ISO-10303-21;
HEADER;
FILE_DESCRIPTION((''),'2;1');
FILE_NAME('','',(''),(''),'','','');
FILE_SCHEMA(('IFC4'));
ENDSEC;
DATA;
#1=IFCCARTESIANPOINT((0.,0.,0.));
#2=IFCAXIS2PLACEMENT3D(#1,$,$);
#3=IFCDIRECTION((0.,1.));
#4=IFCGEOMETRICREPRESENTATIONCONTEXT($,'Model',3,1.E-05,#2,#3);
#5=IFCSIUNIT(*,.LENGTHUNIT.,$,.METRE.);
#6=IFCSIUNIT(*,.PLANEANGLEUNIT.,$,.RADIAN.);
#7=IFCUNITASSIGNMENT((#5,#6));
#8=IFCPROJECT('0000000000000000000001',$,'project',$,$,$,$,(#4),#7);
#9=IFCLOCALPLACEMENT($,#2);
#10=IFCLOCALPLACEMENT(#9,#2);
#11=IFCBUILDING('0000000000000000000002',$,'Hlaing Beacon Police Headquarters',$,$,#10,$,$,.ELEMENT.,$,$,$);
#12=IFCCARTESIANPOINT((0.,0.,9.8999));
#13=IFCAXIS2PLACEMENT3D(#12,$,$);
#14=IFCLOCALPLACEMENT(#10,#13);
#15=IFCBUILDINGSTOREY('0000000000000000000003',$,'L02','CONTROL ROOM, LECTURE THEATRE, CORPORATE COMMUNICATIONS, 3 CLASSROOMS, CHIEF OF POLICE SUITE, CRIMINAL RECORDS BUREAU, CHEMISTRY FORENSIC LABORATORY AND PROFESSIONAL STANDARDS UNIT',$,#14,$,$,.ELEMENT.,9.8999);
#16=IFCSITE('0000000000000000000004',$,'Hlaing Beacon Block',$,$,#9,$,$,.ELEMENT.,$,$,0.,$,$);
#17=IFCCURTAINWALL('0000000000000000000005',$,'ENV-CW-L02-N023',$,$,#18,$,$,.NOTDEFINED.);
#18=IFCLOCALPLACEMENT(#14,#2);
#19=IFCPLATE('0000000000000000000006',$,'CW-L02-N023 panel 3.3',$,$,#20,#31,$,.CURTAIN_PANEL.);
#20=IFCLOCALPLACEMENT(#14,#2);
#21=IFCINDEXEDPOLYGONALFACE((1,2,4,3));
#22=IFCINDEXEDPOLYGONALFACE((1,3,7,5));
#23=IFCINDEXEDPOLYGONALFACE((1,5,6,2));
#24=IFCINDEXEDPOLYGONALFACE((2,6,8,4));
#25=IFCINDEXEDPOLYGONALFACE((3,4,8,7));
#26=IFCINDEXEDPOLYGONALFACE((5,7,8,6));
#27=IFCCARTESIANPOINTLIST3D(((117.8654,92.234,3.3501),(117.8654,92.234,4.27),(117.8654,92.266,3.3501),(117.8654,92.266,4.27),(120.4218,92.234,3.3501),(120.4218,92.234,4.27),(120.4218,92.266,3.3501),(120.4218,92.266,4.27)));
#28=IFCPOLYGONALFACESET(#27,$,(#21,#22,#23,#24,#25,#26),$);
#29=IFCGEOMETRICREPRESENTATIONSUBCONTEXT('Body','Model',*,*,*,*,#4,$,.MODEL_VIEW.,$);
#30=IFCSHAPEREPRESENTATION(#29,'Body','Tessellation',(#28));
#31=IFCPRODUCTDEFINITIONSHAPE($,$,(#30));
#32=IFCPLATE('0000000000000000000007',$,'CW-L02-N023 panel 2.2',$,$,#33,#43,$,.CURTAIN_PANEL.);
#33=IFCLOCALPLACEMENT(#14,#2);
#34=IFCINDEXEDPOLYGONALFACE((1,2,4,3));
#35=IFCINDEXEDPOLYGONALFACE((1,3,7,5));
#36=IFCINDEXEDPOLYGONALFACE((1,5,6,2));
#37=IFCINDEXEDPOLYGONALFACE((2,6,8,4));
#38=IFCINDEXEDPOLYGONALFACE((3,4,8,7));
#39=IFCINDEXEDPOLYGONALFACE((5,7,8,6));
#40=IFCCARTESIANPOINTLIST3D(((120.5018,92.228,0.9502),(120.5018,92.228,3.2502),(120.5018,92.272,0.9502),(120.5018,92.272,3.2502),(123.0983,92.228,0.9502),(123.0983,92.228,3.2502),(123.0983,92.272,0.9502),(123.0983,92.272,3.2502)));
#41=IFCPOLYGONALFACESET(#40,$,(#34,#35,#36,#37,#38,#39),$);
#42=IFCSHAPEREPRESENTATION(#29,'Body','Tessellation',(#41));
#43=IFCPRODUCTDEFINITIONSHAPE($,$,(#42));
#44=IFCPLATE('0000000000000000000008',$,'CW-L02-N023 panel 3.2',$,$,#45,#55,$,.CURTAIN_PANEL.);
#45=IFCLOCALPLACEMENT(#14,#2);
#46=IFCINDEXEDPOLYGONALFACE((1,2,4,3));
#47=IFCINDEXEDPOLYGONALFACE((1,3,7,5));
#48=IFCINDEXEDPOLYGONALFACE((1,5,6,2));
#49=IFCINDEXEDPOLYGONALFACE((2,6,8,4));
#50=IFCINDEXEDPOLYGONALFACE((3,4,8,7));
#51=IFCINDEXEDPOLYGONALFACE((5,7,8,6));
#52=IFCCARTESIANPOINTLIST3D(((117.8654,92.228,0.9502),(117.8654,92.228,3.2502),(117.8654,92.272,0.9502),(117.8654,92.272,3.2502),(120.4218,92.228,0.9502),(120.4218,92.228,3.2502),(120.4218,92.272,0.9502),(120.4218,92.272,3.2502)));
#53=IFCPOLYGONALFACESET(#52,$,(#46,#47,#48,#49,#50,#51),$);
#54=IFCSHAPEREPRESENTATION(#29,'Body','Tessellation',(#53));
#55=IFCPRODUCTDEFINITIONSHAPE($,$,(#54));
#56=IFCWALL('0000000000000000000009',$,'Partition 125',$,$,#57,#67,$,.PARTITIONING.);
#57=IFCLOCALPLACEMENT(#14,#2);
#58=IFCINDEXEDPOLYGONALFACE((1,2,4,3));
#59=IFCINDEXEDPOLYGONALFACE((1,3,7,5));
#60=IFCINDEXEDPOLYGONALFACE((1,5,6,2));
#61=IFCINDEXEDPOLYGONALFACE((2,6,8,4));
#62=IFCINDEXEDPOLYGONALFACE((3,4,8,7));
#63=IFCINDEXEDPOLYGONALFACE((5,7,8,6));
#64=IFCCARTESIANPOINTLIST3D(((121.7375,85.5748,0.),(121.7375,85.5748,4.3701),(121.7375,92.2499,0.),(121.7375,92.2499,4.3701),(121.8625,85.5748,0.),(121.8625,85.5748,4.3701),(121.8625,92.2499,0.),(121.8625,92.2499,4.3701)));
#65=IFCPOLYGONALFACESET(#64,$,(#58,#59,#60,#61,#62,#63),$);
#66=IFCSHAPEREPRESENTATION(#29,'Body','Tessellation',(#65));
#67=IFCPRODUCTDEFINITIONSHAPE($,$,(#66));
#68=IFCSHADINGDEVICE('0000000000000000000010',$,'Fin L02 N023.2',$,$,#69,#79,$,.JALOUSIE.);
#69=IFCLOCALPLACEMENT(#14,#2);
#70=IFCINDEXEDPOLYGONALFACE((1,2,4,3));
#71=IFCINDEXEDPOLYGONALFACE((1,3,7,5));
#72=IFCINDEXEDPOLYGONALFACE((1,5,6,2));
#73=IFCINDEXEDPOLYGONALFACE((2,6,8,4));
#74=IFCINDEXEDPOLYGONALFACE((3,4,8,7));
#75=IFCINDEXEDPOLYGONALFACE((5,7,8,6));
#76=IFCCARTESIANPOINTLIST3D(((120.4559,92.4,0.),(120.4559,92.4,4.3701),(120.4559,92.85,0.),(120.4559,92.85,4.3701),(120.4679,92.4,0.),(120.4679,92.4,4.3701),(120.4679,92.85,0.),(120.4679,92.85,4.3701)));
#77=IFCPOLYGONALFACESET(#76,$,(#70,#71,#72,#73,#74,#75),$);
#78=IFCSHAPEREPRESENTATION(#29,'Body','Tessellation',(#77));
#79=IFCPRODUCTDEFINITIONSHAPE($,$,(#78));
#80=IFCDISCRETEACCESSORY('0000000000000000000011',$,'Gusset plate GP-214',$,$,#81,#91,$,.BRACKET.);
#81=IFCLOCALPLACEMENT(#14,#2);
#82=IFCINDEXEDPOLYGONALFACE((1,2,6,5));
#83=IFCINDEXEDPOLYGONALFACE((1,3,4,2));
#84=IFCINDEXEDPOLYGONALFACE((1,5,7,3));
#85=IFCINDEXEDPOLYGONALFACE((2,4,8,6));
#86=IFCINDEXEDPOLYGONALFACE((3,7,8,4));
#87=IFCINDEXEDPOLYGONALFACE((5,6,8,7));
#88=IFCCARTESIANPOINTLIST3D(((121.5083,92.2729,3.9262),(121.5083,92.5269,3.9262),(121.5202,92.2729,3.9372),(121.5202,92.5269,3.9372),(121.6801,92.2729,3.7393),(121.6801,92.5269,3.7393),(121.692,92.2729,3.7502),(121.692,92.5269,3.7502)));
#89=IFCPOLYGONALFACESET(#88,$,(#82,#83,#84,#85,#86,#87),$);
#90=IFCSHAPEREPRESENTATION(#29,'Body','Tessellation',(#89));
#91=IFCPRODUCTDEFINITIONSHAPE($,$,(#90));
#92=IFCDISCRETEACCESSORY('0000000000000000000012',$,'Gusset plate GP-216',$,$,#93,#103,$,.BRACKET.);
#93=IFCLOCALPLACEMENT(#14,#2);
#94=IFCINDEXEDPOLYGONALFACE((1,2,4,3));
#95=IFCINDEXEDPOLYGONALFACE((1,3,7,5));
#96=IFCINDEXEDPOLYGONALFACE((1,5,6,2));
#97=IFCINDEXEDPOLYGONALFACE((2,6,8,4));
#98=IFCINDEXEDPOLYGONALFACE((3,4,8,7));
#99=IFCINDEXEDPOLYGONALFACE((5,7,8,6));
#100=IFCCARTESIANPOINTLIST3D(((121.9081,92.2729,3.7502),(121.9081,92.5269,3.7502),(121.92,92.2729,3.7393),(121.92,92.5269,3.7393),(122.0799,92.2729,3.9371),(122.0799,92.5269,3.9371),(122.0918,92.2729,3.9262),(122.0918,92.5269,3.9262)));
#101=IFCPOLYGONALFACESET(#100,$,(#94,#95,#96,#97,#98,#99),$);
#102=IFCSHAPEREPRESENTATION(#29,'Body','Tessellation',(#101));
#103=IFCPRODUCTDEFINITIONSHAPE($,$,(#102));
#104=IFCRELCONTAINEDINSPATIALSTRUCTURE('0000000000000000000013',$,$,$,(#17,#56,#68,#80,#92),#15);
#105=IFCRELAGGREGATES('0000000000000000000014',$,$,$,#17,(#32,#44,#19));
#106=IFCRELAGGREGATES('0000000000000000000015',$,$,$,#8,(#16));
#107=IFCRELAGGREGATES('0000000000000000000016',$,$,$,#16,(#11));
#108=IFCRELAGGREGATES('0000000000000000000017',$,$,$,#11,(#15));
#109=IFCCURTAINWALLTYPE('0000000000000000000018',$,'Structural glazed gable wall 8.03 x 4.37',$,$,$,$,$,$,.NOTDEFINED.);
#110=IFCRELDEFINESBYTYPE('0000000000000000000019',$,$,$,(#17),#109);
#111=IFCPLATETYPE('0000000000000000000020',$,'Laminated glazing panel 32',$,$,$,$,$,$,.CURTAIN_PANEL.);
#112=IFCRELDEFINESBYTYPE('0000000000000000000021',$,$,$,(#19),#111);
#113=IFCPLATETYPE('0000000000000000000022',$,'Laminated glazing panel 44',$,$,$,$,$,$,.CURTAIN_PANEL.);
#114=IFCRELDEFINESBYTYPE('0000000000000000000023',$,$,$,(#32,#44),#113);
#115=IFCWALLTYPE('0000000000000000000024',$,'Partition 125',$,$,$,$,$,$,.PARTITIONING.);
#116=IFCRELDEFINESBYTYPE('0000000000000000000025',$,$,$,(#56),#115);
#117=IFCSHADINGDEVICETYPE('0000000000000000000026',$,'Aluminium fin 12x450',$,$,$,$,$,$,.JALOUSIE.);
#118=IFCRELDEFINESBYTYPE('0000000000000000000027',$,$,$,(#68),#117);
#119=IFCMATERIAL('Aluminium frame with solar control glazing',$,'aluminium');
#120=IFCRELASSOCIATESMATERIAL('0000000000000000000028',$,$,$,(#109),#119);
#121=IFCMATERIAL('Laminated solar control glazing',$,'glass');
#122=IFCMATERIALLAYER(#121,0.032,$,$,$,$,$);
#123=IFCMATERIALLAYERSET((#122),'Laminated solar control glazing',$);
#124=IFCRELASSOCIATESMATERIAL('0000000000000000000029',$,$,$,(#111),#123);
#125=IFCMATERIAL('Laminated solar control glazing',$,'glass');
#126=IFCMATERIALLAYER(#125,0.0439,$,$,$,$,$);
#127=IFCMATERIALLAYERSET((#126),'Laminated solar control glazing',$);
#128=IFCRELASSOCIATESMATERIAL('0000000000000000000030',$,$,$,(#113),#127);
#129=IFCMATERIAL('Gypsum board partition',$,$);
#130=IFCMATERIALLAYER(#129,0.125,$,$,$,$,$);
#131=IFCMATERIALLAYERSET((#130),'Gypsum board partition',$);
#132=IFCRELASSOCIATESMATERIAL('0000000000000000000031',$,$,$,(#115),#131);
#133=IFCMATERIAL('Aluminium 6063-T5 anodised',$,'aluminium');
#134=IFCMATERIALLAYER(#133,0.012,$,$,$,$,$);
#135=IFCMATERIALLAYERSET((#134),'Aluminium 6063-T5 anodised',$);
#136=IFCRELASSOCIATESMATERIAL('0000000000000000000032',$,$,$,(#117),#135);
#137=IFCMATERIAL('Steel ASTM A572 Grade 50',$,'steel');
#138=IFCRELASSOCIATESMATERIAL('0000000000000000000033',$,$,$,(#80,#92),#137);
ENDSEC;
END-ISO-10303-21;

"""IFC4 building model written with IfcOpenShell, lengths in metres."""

from ifc_helpers import new_model, si_unit, direction, frame, frame_2d, origin, origin_2d, place, context, subcontext, project, spatial, rectangle, extrude, material, layer, layer_set, type_object, element, aggregate, save


model = new_model("IFC4")

# Units and contexts
model_context = context("Model", 3, precision=1e-05, world=origin(), true_north=direction((0.0, 1.0)))
body_context = subcontext(model_context, "Body", "Model", "MODEL_VIEW")
ifc_project = project(units=[si_unit("LENGTHUNIT", "METRE"), si_unit("PLANEANGLEUNIT", "RADIAN")], contexts=[model_context])

# Site, building, storey
site_placement = place(None, origin())
site = spatial("IfcSite", under=ifc_project, at=site_placement, Name="Hlaing Beacon Block", CompositionType="ELEMENT", RefElevation=0.0)
building_placement = place(site_placement, origin())
building = spatial("IfcBuilding", under=site, at=building_placement, Name="Hlaing Beacon Police Headquarters", CompositionType="ELEMENT")
storey_placement = place(building_placement, frame((0.0, 0.0, 9.8999)))
storey = spatial("IfcBuildingStorey", under=building, at=storey_placement, Name="L02", Description="CONTROL ROOM, LECTURE THEATRE, CORPORATE COMMUNICATIONS, 3 CLASSROOMS, CHIEF OF POLICE SUITE, CRIMINAL RECORDS BUREAU, CHEMISTRY FORENSIC LABORATORY AND PROFESSIONAL STANDARDS UNIT", CompositionType="ELEMENT", Elevation=9.8999)

# Curtain wall, plates
ifc_material_1 = material(Name="Aluminium frame with solar control glazing", Category="aluminium")
curtain_wall_type = type_object("IfcCurtainWallType", Name="Structural glazed gable wall 8.03 x 4.37", PredefinedType="NOTDEFINED", material=ifc_material_1)
curtain_wall_placement = place(storey_placement, origin())
curtain_wall = element("IfcCurtainWall", 1, at=curtain_wall_placement, inside=storey, type_object=curtain_wall_type, Name="ENV-CW-L02-N023", PredefinedType="NOTDEFINED")
ifc_material_2 = material(Name="Laminated solar control glazing", Category="glass")
ifc_layer_1 = layer(ifc_material_2, 0.032)
ifc_layer_set_1 = layer_set([ifc_layer_1], Name="Laminated solar control glazing")
plate_type_1 = type_object("IfcPlateType", Name="Laminated glazing panel 32", PredefinedType="CURTAIN_PANEL", material=ifc_layer_set_1)
plate_1_placement = place(storey_placement, frame((119.1436, 92.25, 3.3501), z_axis=(0.0, 0.0, 1.0), x_axis=(-1.0, 0.0, 0.0)))
plate_1 = element("IfcPlate", 2, at=plate_1_placement, type_object=plate_type_1, Name="CW-L02-N023 panel 3.3", PredefinedType="CURTAIN_PANEL", context=body_context, shape_type="SweptSolid", body=[
    extrude(rectangle(XDim=2.5564, YDim=0.032, at=origin_2d()), origin(), (0.0, 0.0, 1.0), 0.9199),
])
ifc_material_3 = material(Name="Laminated solar control glazing", Category="glass")
ifc_layer_2 = layer(ifc_material_3, 0.0439)
ifc_layer_set_2 = layer_set([ifc_layer_2], Name="Laminated solar control glazing")
plate_type_2 = type_object("IfcPlateType", Name="Laminated glazing panel 44", PredefinedType="CURTAIN_PANEL", material=ifc_layer_set_2)
plate_2_placement = place(storey_placement, frame((121.8, 92.25, 0.9502), z_axis=(0.0, 0.0, 1.0), x_axis=(-1.0, 0.0, 0.0)))
plate_2 = element("IfcPlate", 3, at=plate_2_placement, type_object=plate_type_2, Name="CW-L02-N023 panel 2.2", PredefinedType="CURTAIN_PANEL", context=body_context, shape_type="SweptSolid", body=[
    extrude(rectangle(XDim=2.5964, YDim=0.0439, at=origin_2d()), origin(), (0.0, 0.0, 1.0), 2.3),
])
plate_3_placement = place(storey_placement, frame((119.1436, 92.25, 0.9502), z_axis=(0.0, 0.0, 1.0), x_axis=(-1.0, 0.0, 0.0)))
plate_3 = element("IfcPlate", 4, at=plate_3_placement, type_object=plate_type_2, Name="CW-L02-N023 panel 3.2", PredefinedType="CURTAIN_PANEL", context=body_context, shape_type="SweptSolid", body=[
    extrude(rectangle(XDim=2.5564, YDim=0.0439, at=origin_2d()), origin(), (0.0, 0.0, 1.0), 2.3),
])
aggregate(curtain_wall, [plate_2, plate_3, plate_1])

# Wall
ifc_material_4 = material(Name="Gypsum board partition")
ifc_layer_3 = layer(ifc_material_4, 0.125)
ifc_layer_set_3 = layer_set([ifc_layer_3], Name="Gypsum board partition")
wall_type = type_object("IfcWallType", Name="Partition 125", PredefinedType="PARTITIONING", material=ifc_layer_set_3)
wall_placement = place(storey_placement, frame((121.8, 85.575, 0.0), z_axis=(0.0, 0.0, 1.0), x_axis=(0.0, 1.0, 0.0)))
element("IfcWall", 5, at=wall_placement, inside=storey, type_object=wall_type, Name="Partition 125", PredefinedType="PARTITIONING", context=body_context, shape_type="SweptSolid", body=[
    extrude(rectangle(XDim=6.675, YDim=0.125, at=frame_2d((3.3374, 0.0))), origin(), (0.0, 0.0, 1.0), 4.3701),
])

# Shading device
ifc_material_5 = material(Name="Aluminium 6063-T5 anodised", Category="aluminium")
ifc_layer_4 = layer(ifc_material_5, 0.012)
ifc_layer_set_4 = layer_set([ifc_layer_4], Name="Aluminium 6063-T5 anodised")
shading_device_type = type_object("IfcShadingDeviceType", Name="Aluminium fin 12x450", PredefinedType="JALOUSIE", material=ifc_layer_set_4)
shading_device_placement = place(storey_placement, frame((120.4619, 92.625, 0.0), z_axis=(0.0, 0.0, 1.0), x_axis=(-1.0, 0.0, 0.0)))
element("IfcShadingDevice", 6, at=shading_device_placement, inside=storey, type_object=shading_device_type, Name="Fin L02 N023.2", PredefinedType="JALOUSIE", context=body_context, shape_type="SweptSolid", body=[
    extrude(rectangle(XDim=0.012, YDim=0.45, at=origin_2d()), origin(), (0.0, 0.0, 1.0), 4.3701),
])

# Discrete accessories
ifc_material_6 = material(Name="Steel ASTM A572 Grade 50", Category="steel")
for number, where, z_axis, x_axis, name in (
    (7, (121.5942, 92.3999, 3.8328), (0.736385, 0.0, 0.676563), (0.0, 1.0, 0.0), "Gusset plate GP-214"),
    (8, (122.0059, 92.3999, 3.8328), (-0.736364, 0.0, 0.676585), (0.0, -1.0, 0.0), "Gusset plate GP-216"),
):
    element("IfcDiscreteAccessory", number, at=place(storey_placement, frame(where, z_axis=z_axis, x_axis=x_axis)), inside=storey, material=ifc_material_6, Name=name, PredefinedType="BRACKET", context=body_context, shape_type="SweptSolid", body=[
        extrude(rectangle(XDim=0.2539, YDim=0.2539, at=origin_2d()), origin(), (0.0, 0.0, 1.0), 0.0161),
    ])

save(model, "model.ifc")
